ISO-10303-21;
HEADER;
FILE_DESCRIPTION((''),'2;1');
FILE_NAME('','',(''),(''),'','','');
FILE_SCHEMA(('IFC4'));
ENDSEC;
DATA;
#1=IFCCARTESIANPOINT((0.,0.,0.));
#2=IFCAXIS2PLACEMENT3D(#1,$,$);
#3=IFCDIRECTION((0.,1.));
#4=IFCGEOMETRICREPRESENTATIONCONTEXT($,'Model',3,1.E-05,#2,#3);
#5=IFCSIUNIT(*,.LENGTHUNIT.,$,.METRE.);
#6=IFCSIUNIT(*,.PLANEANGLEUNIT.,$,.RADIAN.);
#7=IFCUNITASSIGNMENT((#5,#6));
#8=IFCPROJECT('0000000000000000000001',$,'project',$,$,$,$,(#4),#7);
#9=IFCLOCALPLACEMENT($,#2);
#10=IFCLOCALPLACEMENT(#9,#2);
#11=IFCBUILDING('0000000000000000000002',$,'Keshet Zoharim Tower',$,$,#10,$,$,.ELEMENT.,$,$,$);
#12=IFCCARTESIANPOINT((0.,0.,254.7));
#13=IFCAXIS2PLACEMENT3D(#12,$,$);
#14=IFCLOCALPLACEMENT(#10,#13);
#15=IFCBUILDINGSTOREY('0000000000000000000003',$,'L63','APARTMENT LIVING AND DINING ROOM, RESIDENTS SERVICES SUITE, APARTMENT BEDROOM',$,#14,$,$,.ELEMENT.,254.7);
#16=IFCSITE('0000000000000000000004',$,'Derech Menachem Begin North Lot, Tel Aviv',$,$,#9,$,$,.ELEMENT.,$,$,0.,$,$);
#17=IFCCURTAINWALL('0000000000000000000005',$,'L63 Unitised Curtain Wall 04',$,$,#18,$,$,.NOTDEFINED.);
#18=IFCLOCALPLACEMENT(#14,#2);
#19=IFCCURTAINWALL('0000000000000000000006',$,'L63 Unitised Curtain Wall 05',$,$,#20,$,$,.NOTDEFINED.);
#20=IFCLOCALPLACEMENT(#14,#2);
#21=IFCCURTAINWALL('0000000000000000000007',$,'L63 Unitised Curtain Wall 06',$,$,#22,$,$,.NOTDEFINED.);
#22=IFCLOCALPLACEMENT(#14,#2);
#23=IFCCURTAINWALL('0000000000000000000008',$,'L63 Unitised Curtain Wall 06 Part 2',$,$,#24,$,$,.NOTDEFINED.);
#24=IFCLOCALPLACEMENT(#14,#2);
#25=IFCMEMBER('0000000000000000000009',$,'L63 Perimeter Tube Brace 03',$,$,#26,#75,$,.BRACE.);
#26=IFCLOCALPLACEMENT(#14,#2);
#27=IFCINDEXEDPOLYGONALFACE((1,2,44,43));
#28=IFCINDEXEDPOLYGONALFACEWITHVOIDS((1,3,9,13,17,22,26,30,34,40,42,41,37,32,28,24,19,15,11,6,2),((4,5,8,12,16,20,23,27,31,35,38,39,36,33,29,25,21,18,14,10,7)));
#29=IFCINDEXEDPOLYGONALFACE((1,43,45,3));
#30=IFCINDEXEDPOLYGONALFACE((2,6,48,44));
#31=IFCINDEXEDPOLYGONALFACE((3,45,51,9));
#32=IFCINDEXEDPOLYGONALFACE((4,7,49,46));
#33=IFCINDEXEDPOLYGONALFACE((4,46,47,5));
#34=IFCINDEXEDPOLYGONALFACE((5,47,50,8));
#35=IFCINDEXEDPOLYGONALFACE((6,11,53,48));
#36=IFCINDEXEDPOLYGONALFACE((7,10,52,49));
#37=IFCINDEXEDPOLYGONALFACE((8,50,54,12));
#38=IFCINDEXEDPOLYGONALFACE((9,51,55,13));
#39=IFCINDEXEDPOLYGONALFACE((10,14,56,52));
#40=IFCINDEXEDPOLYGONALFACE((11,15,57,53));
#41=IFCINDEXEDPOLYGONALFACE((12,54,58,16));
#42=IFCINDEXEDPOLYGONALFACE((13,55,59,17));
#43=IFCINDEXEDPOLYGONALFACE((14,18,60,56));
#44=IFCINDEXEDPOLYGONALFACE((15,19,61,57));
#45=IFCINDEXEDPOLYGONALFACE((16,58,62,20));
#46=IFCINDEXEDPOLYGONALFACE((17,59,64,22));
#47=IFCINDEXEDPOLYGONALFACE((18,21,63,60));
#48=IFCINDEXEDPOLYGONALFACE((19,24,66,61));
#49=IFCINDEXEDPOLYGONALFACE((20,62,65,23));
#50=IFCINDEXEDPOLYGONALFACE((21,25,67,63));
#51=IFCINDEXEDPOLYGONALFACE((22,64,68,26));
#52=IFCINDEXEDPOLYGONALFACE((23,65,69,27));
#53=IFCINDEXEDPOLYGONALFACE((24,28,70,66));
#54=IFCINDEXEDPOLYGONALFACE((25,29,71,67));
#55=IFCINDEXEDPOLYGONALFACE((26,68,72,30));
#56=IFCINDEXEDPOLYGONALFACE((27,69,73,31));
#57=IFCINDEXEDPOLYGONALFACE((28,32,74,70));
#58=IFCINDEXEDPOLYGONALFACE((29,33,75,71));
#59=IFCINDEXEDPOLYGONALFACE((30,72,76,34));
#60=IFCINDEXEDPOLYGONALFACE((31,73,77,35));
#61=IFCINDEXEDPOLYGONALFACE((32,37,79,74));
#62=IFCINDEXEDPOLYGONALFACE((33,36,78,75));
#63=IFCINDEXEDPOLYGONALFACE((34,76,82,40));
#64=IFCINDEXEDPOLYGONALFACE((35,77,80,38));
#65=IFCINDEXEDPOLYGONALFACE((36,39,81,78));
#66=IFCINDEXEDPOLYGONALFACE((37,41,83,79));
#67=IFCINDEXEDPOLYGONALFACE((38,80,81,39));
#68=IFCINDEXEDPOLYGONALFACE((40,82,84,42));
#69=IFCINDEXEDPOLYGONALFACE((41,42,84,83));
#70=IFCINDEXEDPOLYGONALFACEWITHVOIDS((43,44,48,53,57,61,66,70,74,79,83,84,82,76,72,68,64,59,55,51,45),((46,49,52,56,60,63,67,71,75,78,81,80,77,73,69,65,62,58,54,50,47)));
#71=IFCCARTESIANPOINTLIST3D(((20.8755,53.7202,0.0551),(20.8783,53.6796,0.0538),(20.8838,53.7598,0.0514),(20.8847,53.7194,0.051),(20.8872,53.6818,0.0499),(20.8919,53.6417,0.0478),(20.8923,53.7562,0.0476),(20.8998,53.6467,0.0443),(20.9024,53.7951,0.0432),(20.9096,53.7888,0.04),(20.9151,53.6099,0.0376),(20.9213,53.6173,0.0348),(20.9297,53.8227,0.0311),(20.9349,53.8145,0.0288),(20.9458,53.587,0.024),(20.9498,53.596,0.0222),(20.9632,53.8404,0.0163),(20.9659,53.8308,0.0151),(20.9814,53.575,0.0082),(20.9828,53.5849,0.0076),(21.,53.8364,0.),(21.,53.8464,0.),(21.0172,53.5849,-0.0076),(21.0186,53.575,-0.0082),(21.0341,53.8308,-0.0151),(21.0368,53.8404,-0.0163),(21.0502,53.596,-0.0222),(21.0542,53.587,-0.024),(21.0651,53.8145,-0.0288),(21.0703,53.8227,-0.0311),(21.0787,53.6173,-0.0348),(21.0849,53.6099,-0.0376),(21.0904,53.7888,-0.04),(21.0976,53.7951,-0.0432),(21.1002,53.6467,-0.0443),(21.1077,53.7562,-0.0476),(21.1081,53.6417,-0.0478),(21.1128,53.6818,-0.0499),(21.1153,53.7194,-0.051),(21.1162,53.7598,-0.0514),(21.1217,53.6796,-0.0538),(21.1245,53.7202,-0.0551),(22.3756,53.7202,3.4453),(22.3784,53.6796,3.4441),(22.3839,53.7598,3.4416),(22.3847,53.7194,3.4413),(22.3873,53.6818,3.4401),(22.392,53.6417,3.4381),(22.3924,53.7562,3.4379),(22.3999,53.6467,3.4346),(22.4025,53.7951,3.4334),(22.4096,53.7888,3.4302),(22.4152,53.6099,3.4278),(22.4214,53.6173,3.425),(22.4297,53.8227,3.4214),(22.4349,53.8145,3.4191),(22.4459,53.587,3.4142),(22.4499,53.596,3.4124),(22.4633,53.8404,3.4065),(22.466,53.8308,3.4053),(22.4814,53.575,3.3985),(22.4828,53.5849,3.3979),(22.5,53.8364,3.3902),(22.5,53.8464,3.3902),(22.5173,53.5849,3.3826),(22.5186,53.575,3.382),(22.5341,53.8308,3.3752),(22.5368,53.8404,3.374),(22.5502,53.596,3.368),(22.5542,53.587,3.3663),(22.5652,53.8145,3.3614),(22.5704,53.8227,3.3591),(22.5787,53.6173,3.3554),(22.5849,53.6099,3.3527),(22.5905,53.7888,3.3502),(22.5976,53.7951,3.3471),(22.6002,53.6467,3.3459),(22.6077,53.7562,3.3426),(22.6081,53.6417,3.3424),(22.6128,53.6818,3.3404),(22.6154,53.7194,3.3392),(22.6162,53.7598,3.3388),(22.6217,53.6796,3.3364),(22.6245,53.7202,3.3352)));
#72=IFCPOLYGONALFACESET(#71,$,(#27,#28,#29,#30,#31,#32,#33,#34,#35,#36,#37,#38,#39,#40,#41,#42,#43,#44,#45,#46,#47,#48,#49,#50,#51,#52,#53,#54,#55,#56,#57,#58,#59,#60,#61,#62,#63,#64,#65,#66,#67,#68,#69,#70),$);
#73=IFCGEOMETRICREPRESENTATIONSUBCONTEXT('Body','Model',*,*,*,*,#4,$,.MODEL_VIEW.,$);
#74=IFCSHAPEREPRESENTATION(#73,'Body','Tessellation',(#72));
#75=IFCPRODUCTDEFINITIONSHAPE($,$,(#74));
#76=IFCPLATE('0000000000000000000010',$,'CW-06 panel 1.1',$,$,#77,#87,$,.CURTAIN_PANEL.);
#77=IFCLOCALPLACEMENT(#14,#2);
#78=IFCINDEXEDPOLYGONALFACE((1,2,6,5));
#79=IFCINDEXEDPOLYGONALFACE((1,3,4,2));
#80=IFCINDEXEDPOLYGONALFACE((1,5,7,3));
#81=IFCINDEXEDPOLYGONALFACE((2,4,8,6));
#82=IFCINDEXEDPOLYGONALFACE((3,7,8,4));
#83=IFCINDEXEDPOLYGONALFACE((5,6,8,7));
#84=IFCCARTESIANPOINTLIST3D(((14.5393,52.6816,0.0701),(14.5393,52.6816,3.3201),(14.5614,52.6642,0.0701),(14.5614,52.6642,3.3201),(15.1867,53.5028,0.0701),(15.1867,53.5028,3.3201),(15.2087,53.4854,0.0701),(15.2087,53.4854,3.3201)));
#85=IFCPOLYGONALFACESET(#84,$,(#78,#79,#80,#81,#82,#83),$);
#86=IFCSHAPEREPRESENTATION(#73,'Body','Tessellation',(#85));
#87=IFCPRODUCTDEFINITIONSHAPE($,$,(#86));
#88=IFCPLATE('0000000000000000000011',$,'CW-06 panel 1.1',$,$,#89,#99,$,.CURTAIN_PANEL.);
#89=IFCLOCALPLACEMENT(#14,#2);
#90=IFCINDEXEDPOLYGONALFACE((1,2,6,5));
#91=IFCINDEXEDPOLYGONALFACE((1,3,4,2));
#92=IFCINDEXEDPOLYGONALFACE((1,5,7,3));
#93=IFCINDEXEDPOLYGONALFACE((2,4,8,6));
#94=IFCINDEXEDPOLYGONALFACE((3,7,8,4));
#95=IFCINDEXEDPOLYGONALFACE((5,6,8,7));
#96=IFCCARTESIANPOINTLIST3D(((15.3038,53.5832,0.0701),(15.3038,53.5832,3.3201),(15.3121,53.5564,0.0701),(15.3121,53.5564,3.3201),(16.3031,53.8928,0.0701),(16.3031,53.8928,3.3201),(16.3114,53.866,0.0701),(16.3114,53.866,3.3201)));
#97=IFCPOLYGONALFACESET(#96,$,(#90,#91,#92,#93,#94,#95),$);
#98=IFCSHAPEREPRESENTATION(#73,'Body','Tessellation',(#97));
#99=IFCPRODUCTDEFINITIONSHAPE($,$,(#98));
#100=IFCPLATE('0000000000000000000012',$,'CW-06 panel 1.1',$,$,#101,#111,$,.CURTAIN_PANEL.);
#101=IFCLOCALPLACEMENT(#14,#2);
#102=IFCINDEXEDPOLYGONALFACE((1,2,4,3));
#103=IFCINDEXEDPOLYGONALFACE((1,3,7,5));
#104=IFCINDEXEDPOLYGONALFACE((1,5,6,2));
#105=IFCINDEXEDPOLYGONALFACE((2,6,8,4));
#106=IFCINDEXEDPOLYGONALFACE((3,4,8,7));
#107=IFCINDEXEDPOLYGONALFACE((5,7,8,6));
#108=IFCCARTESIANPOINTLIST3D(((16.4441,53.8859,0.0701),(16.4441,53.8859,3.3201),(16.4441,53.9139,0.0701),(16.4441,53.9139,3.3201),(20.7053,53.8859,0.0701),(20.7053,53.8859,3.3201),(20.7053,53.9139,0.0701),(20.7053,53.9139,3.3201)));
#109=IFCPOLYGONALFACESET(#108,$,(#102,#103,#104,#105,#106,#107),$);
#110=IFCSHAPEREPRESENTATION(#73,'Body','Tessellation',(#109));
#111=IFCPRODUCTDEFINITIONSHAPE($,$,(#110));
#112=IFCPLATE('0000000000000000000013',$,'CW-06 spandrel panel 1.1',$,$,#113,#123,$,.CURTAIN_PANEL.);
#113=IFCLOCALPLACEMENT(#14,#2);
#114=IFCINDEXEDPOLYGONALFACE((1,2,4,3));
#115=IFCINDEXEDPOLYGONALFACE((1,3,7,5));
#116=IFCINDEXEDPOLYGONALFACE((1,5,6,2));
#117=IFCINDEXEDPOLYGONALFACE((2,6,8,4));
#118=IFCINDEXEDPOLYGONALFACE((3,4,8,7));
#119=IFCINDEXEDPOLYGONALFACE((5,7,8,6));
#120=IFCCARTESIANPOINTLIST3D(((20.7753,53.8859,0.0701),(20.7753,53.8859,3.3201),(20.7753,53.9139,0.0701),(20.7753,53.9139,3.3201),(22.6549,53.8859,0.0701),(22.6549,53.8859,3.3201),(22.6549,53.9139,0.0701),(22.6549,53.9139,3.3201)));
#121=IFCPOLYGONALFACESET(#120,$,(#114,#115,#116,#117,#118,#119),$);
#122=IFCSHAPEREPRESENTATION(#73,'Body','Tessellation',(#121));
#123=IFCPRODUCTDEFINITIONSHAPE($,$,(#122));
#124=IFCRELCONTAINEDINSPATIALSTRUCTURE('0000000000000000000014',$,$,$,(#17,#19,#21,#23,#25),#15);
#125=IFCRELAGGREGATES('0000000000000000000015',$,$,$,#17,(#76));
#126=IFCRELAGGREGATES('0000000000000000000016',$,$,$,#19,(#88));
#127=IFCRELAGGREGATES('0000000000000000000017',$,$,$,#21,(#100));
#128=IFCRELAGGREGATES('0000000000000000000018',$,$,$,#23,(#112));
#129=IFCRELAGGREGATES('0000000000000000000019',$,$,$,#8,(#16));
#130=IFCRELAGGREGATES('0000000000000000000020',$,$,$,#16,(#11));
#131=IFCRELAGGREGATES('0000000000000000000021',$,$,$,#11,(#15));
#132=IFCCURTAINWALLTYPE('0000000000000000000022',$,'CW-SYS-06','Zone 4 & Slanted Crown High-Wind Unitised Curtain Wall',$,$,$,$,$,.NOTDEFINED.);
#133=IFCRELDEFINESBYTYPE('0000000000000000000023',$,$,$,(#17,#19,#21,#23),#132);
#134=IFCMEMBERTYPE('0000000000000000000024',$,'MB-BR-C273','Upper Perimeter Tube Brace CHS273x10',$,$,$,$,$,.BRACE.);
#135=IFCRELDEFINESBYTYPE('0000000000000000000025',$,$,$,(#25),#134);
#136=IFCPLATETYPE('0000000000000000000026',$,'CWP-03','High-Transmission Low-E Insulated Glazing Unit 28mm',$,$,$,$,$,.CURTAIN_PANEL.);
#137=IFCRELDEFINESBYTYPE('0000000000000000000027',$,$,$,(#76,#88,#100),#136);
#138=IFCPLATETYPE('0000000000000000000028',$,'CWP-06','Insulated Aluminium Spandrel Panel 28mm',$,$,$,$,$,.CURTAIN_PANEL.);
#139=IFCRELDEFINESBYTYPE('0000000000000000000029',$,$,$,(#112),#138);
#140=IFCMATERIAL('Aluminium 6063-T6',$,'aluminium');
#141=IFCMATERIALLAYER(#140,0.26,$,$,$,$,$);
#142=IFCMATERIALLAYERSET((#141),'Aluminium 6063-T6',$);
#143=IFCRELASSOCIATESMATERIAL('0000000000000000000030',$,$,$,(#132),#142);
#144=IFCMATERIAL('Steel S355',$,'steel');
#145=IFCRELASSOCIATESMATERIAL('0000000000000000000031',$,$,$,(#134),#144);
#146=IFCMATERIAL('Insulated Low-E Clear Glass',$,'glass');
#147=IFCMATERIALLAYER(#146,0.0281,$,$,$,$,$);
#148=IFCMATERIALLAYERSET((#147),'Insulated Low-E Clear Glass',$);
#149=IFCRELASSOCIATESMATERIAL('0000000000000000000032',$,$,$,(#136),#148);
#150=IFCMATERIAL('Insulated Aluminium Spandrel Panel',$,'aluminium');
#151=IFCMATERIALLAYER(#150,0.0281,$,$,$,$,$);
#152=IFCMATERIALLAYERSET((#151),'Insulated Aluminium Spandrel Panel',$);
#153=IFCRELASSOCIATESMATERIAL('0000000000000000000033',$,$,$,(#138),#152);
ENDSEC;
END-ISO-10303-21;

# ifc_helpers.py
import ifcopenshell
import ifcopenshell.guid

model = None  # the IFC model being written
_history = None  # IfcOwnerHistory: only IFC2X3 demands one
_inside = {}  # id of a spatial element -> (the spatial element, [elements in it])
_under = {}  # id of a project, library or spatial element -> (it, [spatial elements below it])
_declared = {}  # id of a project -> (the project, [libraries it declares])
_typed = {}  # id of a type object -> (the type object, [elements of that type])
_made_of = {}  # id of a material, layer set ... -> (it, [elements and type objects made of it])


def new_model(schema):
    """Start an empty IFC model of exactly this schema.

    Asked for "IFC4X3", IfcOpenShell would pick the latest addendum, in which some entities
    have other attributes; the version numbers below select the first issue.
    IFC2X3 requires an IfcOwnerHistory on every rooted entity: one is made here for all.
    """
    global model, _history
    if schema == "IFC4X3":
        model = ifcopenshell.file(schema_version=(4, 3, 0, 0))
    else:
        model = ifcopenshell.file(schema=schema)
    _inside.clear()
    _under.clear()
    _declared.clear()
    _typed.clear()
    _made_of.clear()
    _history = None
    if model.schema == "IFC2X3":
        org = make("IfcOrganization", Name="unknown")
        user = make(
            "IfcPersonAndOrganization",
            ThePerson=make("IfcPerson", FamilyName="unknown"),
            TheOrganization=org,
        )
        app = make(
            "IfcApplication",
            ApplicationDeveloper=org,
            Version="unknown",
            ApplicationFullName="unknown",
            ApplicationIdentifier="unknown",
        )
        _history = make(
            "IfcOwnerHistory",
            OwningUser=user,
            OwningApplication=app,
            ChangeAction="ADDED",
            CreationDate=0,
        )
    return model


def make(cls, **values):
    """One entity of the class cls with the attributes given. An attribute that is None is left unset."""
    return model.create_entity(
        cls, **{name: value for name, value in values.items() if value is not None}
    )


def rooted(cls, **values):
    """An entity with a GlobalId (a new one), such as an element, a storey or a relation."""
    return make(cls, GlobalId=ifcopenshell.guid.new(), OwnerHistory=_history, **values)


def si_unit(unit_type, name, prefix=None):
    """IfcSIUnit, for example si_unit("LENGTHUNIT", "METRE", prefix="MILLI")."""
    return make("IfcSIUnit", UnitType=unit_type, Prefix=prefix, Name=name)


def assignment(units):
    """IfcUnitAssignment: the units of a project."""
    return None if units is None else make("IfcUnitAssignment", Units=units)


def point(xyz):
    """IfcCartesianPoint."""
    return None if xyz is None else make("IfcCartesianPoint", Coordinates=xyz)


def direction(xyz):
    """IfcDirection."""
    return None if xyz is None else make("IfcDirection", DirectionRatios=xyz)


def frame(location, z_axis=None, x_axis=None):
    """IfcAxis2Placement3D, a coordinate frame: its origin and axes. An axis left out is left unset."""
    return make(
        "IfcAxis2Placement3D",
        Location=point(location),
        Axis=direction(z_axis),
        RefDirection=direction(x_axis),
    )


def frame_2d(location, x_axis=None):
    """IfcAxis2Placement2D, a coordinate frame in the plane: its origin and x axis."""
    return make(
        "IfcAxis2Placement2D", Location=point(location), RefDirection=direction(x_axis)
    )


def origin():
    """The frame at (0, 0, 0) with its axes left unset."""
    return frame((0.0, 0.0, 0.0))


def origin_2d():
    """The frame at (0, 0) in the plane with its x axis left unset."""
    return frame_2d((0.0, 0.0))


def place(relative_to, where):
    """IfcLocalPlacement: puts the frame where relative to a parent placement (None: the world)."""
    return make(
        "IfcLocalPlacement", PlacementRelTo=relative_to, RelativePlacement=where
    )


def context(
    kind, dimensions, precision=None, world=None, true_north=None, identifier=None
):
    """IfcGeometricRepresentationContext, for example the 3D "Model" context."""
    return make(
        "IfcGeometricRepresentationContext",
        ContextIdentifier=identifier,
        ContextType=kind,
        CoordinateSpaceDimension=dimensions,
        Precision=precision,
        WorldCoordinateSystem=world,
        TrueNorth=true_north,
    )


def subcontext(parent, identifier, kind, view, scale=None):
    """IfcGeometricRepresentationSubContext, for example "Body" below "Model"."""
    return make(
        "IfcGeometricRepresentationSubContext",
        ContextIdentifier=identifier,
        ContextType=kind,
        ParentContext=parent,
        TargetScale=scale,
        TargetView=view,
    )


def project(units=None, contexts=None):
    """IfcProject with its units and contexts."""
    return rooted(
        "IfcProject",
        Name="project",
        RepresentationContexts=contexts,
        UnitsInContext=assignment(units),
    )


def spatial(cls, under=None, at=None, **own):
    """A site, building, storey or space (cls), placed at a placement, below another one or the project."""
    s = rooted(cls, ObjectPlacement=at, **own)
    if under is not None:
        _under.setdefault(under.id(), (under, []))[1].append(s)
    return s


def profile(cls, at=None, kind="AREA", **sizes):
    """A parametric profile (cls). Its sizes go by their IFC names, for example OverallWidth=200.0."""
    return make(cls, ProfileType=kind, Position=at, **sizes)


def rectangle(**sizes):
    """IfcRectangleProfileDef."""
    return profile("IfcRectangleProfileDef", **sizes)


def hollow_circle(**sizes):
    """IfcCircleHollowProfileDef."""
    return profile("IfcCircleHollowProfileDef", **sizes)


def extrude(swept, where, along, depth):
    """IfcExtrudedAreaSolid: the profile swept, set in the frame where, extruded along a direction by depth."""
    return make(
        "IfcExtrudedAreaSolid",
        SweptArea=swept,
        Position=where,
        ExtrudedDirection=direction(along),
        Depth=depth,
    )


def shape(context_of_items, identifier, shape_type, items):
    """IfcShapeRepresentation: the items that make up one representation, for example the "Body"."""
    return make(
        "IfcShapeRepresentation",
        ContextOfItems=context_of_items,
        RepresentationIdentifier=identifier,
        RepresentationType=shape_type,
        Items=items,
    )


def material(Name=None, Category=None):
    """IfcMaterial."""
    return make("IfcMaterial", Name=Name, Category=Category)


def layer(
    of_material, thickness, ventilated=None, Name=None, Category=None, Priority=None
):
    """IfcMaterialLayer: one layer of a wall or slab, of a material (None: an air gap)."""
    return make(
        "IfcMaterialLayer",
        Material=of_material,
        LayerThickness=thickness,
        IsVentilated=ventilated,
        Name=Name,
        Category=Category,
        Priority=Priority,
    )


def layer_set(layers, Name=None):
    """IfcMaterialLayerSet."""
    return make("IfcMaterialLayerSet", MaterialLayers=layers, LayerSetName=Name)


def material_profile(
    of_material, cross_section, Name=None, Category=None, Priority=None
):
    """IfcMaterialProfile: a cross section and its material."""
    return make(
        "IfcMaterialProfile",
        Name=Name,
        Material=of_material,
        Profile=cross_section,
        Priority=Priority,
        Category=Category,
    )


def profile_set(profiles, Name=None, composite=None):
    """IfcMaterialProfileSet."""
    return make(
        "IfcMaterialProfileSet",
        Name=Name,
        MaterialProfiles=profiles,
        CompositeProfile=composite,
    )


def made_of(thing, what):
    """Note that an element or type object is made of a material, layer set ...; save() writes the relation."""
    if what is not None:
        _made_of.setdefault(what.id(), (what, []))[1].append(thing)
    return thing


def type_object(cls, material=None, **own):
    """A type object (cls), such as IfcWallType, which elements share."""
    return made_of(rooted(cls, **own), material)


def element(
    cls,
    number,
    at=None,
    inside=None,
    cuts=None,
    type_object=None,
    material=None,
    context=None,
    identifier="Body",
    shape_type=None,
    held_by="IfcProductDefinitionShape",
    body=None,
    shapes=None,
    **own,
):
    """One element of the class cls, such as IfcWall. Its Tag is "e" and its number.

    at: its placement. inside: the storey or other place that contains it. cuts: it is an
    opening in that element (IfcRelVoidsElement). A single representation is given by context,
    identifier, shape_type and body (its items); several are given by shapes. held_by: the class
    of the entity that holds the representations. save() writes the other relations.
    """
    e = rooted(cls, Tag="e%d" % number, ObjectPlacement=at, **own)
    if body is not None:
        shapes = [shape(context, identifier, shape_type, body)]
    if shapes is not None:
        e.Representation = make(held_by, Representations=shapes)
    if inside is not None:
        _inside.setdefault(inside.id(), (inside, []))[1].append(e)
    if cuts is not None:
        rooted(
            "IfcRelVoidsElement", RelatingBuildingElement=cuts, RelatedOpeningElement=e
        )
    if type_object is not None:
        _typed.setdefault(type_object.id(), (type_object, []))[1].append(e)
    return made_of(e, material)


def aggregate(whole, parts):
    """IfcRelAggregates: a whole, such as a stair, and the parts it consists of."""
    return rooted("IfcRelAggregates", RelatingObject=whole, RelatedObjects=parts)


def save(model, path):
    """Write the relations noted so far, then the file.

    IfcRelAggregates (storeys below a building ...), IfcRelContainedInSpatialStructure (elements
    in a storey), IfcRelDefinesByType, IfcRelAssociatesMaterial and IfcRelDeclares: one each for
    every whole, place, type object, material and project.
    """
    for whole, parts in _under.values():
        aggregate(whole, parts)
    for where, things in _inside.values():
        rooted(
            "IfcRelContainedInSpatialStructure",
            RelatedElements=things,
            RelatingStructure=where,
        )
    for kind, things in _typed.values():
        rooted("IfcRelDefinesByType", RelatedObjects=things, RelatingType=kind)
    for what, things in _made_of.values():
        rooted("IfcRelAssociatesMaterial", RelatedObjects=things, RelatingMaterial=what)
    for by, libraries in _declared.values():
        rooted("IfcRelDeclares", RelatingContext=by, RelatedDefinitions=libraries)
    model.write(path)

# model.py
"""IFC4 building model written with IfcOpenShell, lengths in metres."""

from ifc_helpers import new_model, si_unit, direction, frame, origin, origin_2d, place, context, subcontext, project, spatial, rectangle, hollow_circle, extrude, material, layer, layer_set, material_profile, profile_set, type_object, element, aggregate, save


model = new_model("IFC4")

# Units and contexts
model_context = context("Model", 3, precision=1e-05, world=origin(), true_north=direction((0.0, 1.0)))
body_context = subcontext(model_context, "Body", "Model", "MODEL_VIEW")
ifc_project = project(units=[si_unit("LENGTHUNIT", "METRE"), si_unit("PLANEANGLEUNIT", "RADIAN")], contexts=[model_context])

# Site, building, storey
site_placement = place(None, origin())
site = spatial("IfcSite", under=ifc_project, at=site_placement, Name="Derech Menachem Begin North Lot, Tel Aviv", CompositionType="ELEMENT", RefElevation=0.0)
building_placement = place(site_placement, origin())
building = spatial("IfcBuilding", under=site, at=building_placement, Name="Keshet Zoharim Tower", CompositionType="ELEMENT")
storey_placement = place(building_placement, frame((0.0, 0.0, 254.7)))
storey = spatial("IfcBuildingStorey", under=building, at=storey_placement, Name="L63", Description="APARTMENT LIVING AND DINING ROOM, RESIDENTS SERVICES SUITE, APARTMENT BEDROOM", CompositionType="ELEMENT", Elevation=254.7)

# Shared definitions
ifc_material_1 = material(Name="Steel S355", Category="steel")

# Curtain wall
ifc_material_2 = material(Name="Aluminium 6063-T6", Category="aluminium")
ifc_layer_1 = layer(ifc_material_2, 0.26)
ifc_layer_set_1 = layer_set([ifc_layer_1], Name="Aluminium 6063-T6")
curtain_wall_type = type_object("IfcCurtainWallType", Name="CW-SYS-06", Description="Zone 4 & Slanted Crown High-Wind Unitised Curtain Wall", PredefinedType="NOTDEFINED", material=ifc_layer_set_1)
curtain_wall_1_placement = place(storey_placement, origin())
curtain_wall_1 = element("IfcCurtainWall", 1, at=curtain_wall_1_placement, inside=storey, type_object=curtain_wall_type, Name="L63 Unitised Curtain Wall 04", PredefinedType="NOTDEFINED")

# Curtain walls
curtain_wall_2_placement = place(storey_placement, origin())
curtain_wall_2 = element("IfcCurtainWall", 2, at=curtain_wall_2_placement, inside=storey, type_object=curtain_wall_type, Name="L63 Unitised Curtain Wall 05", PredefinedType="NOTDEFINED")
curtain_wall_3_placement = place(storey_placement, origin())
curtain_wall_3 = element("IfcCurtainWall", 3, at=curtain_wall_3_placement, inside=storey, type_object=curtain_wall_type, Name="L63 Unitised Curtain Wall 06", PredefinedType="NOTDEFINED")

# Curtain wall
curtain_wall_4_placement = place(storey_placement, origin())
curtain_wall_4 = element("IfcCurtainWall", 4, at=curtain_wall_4_placement, inside=storey, type_object=curtain_wall_type, Name="L63 Unitised Curtain Wall 06 Part 2", PredefinedType="NOTDEFINED")

# Member
ifc_material_profile_1 = material_profile(ifc_material_1, hollow_circle(Radius=0.1365, WallThickness=0.01, at=origin_2d()), Name="CHS273x10")
ifc_profile_set_1 = profile_set([ifc_material_profile_1], Name="Steel S355")
member_type_1 = type_object("IfcMemberType", Name="MB-BR-C273", Description="Upper Perimeter Tube Brace CHS273x10", PredefinedType="BRACE", material=ifc_profile_set_1)
member_1_placement = place(storey_placement, frame((21.0, 53.71, 0.0), z_axis=(0.404623, 0.0, 0.914484), x_axis=(0.0, 1.0, 0.0)))
element("IfcMember", 5, at=member_1_placement, inside=storey, type_object=member_type_1, Name="L63 Perimeter Tube Brace 03", PredefinedType="BRACE", context=body_context, shape_type="SweptSolid", body=[
    extrude(hollow_circle(Radius=0.1365, WallThickness=0.01, at=origin_2d()), origin(), (0.0, 0.0, 1.0), 3.7073),
])

# Plates
ifc_material_3 = material(Name="Insulated Low-E Clear Glass", Category="glass")
ifc_layer_2 = layer(ifc_material_3, 0.0281)
ifc_layer_set_2 = layer_set([ifc_layer_2], Name="Insulated Low-E Clear Glass")
plate_type_1 = type_object("IfcPlateType", Name="CWP-03", Description="High-Transmission Low-E Insulated Glazing Unit 28mm", PredefinedType="CURTAIN_PANEL", material=ifc_layer_set_2)
plate_1_placement = place(storey_placement, frame((14.874, 53.0835, 0.0701), z_axis=(0.0, 0.0, 1.0), x_axis=(0.619125, 0.785293, 0.0)))
plate_1 = element("IfcPlate", 6, at=plate_1_placement, type_object=plate_type_1, Name="CW-06 panel 1.1", PredefinedType="CURTAIN_PANEL", context=body_context, shape_type="SweptSolid", body=[
    extrude(rectangle(XDim=1.0457, YDim=0.0281, at=origin_2d()), origin(), (0.0, 0.0, 1.0), 3.25),
])
aggregate(curtain_wall_1, [plate_1])
plate_2_placement = place(storey_placement, frame((15.8076, 53.7246, 0.0701), z_axis=(0.0, 0.0, 1.0), x_axis=(0.955212, 0.295922, 0.0)))
plate_2 = element("IfcPlate", 7, at=plate_2_placement, type_object=plate_type_1, Name="CW-06 panel 1.1", PredefinedType="CURTAIN_PANEL", context=body_context, shape_type="SweptSolid", body=[
    extrude(rectangle(XDim=1.0461, YDim=0.0281, at=origin_2d()), origin(), (0.0, 0.0, 1.0), 3.25),
])
aggregate(curtain_wall_2, [plate_2])
plate_3_placement = place(storey_placement, frame((18.5747, 53.8999, 0.0701), z_axis=(0.0, 0.0, 1.0), x_axis=(1.0, 0.0, 0.0)))
plate_3 = element("IfcPlate", 8, at=plate_3_placement, type_object=plate_type_1, Name="CW-06 panel 1.1", PredefinedType="CURTAIN_PANEL", context=body_context, shape_type="SweptSolid", body=[
    extrude(rectangle(XDim=4.2612, YDim=0.0281, at=origin_2d()), origin(), (0.0, 0.0, 1.0), 3.25),
])
aggregate(curtain_wall_3, [plate_3])
ifc_material_4 = material(Name="Insulated Aluminium Spandrel Panel", Category="aluminium")
ifc_layer_3 = layer(ifc_material_4, 0.0281)
ifc_layer_set_3 = layer_set([ifc_layer_3], Name="Insulated Aluminium Spandrel Panel")
plate_type_2 = type_object("IfcPlateType", Name="CWP-06", Description="Insulated Aluminium Spandrel Panel 28mm", PredefinedType="CURTAIN_PANEL", material=ifc_layer_set_3)
plate_4_placement = place(storey_placement, frame((21.7151, 53.8999, 0.0701), z_axis=(0.0, 0.0, 1.0), x_axis=(1.0, 0.0, 0.0)))
plate_4 = element("IfcPlate", 9, at=plate_4_placement, type_object=plate_type_2, Name="CW-06 spandrel panel 1.1", PredefinedType="CURTAIN_PANEL", context=body_context, shape_type="SweptSolid", body=[
    extrude(rectangle(XDim=1.8796, YDim=0.0281, at=origin_2d()), origin(), (0.0, 0.0, 1.0), 3.25),
])
aggregate(curtain_wall_4, [plate_4])

save(model, "model.ifc")
